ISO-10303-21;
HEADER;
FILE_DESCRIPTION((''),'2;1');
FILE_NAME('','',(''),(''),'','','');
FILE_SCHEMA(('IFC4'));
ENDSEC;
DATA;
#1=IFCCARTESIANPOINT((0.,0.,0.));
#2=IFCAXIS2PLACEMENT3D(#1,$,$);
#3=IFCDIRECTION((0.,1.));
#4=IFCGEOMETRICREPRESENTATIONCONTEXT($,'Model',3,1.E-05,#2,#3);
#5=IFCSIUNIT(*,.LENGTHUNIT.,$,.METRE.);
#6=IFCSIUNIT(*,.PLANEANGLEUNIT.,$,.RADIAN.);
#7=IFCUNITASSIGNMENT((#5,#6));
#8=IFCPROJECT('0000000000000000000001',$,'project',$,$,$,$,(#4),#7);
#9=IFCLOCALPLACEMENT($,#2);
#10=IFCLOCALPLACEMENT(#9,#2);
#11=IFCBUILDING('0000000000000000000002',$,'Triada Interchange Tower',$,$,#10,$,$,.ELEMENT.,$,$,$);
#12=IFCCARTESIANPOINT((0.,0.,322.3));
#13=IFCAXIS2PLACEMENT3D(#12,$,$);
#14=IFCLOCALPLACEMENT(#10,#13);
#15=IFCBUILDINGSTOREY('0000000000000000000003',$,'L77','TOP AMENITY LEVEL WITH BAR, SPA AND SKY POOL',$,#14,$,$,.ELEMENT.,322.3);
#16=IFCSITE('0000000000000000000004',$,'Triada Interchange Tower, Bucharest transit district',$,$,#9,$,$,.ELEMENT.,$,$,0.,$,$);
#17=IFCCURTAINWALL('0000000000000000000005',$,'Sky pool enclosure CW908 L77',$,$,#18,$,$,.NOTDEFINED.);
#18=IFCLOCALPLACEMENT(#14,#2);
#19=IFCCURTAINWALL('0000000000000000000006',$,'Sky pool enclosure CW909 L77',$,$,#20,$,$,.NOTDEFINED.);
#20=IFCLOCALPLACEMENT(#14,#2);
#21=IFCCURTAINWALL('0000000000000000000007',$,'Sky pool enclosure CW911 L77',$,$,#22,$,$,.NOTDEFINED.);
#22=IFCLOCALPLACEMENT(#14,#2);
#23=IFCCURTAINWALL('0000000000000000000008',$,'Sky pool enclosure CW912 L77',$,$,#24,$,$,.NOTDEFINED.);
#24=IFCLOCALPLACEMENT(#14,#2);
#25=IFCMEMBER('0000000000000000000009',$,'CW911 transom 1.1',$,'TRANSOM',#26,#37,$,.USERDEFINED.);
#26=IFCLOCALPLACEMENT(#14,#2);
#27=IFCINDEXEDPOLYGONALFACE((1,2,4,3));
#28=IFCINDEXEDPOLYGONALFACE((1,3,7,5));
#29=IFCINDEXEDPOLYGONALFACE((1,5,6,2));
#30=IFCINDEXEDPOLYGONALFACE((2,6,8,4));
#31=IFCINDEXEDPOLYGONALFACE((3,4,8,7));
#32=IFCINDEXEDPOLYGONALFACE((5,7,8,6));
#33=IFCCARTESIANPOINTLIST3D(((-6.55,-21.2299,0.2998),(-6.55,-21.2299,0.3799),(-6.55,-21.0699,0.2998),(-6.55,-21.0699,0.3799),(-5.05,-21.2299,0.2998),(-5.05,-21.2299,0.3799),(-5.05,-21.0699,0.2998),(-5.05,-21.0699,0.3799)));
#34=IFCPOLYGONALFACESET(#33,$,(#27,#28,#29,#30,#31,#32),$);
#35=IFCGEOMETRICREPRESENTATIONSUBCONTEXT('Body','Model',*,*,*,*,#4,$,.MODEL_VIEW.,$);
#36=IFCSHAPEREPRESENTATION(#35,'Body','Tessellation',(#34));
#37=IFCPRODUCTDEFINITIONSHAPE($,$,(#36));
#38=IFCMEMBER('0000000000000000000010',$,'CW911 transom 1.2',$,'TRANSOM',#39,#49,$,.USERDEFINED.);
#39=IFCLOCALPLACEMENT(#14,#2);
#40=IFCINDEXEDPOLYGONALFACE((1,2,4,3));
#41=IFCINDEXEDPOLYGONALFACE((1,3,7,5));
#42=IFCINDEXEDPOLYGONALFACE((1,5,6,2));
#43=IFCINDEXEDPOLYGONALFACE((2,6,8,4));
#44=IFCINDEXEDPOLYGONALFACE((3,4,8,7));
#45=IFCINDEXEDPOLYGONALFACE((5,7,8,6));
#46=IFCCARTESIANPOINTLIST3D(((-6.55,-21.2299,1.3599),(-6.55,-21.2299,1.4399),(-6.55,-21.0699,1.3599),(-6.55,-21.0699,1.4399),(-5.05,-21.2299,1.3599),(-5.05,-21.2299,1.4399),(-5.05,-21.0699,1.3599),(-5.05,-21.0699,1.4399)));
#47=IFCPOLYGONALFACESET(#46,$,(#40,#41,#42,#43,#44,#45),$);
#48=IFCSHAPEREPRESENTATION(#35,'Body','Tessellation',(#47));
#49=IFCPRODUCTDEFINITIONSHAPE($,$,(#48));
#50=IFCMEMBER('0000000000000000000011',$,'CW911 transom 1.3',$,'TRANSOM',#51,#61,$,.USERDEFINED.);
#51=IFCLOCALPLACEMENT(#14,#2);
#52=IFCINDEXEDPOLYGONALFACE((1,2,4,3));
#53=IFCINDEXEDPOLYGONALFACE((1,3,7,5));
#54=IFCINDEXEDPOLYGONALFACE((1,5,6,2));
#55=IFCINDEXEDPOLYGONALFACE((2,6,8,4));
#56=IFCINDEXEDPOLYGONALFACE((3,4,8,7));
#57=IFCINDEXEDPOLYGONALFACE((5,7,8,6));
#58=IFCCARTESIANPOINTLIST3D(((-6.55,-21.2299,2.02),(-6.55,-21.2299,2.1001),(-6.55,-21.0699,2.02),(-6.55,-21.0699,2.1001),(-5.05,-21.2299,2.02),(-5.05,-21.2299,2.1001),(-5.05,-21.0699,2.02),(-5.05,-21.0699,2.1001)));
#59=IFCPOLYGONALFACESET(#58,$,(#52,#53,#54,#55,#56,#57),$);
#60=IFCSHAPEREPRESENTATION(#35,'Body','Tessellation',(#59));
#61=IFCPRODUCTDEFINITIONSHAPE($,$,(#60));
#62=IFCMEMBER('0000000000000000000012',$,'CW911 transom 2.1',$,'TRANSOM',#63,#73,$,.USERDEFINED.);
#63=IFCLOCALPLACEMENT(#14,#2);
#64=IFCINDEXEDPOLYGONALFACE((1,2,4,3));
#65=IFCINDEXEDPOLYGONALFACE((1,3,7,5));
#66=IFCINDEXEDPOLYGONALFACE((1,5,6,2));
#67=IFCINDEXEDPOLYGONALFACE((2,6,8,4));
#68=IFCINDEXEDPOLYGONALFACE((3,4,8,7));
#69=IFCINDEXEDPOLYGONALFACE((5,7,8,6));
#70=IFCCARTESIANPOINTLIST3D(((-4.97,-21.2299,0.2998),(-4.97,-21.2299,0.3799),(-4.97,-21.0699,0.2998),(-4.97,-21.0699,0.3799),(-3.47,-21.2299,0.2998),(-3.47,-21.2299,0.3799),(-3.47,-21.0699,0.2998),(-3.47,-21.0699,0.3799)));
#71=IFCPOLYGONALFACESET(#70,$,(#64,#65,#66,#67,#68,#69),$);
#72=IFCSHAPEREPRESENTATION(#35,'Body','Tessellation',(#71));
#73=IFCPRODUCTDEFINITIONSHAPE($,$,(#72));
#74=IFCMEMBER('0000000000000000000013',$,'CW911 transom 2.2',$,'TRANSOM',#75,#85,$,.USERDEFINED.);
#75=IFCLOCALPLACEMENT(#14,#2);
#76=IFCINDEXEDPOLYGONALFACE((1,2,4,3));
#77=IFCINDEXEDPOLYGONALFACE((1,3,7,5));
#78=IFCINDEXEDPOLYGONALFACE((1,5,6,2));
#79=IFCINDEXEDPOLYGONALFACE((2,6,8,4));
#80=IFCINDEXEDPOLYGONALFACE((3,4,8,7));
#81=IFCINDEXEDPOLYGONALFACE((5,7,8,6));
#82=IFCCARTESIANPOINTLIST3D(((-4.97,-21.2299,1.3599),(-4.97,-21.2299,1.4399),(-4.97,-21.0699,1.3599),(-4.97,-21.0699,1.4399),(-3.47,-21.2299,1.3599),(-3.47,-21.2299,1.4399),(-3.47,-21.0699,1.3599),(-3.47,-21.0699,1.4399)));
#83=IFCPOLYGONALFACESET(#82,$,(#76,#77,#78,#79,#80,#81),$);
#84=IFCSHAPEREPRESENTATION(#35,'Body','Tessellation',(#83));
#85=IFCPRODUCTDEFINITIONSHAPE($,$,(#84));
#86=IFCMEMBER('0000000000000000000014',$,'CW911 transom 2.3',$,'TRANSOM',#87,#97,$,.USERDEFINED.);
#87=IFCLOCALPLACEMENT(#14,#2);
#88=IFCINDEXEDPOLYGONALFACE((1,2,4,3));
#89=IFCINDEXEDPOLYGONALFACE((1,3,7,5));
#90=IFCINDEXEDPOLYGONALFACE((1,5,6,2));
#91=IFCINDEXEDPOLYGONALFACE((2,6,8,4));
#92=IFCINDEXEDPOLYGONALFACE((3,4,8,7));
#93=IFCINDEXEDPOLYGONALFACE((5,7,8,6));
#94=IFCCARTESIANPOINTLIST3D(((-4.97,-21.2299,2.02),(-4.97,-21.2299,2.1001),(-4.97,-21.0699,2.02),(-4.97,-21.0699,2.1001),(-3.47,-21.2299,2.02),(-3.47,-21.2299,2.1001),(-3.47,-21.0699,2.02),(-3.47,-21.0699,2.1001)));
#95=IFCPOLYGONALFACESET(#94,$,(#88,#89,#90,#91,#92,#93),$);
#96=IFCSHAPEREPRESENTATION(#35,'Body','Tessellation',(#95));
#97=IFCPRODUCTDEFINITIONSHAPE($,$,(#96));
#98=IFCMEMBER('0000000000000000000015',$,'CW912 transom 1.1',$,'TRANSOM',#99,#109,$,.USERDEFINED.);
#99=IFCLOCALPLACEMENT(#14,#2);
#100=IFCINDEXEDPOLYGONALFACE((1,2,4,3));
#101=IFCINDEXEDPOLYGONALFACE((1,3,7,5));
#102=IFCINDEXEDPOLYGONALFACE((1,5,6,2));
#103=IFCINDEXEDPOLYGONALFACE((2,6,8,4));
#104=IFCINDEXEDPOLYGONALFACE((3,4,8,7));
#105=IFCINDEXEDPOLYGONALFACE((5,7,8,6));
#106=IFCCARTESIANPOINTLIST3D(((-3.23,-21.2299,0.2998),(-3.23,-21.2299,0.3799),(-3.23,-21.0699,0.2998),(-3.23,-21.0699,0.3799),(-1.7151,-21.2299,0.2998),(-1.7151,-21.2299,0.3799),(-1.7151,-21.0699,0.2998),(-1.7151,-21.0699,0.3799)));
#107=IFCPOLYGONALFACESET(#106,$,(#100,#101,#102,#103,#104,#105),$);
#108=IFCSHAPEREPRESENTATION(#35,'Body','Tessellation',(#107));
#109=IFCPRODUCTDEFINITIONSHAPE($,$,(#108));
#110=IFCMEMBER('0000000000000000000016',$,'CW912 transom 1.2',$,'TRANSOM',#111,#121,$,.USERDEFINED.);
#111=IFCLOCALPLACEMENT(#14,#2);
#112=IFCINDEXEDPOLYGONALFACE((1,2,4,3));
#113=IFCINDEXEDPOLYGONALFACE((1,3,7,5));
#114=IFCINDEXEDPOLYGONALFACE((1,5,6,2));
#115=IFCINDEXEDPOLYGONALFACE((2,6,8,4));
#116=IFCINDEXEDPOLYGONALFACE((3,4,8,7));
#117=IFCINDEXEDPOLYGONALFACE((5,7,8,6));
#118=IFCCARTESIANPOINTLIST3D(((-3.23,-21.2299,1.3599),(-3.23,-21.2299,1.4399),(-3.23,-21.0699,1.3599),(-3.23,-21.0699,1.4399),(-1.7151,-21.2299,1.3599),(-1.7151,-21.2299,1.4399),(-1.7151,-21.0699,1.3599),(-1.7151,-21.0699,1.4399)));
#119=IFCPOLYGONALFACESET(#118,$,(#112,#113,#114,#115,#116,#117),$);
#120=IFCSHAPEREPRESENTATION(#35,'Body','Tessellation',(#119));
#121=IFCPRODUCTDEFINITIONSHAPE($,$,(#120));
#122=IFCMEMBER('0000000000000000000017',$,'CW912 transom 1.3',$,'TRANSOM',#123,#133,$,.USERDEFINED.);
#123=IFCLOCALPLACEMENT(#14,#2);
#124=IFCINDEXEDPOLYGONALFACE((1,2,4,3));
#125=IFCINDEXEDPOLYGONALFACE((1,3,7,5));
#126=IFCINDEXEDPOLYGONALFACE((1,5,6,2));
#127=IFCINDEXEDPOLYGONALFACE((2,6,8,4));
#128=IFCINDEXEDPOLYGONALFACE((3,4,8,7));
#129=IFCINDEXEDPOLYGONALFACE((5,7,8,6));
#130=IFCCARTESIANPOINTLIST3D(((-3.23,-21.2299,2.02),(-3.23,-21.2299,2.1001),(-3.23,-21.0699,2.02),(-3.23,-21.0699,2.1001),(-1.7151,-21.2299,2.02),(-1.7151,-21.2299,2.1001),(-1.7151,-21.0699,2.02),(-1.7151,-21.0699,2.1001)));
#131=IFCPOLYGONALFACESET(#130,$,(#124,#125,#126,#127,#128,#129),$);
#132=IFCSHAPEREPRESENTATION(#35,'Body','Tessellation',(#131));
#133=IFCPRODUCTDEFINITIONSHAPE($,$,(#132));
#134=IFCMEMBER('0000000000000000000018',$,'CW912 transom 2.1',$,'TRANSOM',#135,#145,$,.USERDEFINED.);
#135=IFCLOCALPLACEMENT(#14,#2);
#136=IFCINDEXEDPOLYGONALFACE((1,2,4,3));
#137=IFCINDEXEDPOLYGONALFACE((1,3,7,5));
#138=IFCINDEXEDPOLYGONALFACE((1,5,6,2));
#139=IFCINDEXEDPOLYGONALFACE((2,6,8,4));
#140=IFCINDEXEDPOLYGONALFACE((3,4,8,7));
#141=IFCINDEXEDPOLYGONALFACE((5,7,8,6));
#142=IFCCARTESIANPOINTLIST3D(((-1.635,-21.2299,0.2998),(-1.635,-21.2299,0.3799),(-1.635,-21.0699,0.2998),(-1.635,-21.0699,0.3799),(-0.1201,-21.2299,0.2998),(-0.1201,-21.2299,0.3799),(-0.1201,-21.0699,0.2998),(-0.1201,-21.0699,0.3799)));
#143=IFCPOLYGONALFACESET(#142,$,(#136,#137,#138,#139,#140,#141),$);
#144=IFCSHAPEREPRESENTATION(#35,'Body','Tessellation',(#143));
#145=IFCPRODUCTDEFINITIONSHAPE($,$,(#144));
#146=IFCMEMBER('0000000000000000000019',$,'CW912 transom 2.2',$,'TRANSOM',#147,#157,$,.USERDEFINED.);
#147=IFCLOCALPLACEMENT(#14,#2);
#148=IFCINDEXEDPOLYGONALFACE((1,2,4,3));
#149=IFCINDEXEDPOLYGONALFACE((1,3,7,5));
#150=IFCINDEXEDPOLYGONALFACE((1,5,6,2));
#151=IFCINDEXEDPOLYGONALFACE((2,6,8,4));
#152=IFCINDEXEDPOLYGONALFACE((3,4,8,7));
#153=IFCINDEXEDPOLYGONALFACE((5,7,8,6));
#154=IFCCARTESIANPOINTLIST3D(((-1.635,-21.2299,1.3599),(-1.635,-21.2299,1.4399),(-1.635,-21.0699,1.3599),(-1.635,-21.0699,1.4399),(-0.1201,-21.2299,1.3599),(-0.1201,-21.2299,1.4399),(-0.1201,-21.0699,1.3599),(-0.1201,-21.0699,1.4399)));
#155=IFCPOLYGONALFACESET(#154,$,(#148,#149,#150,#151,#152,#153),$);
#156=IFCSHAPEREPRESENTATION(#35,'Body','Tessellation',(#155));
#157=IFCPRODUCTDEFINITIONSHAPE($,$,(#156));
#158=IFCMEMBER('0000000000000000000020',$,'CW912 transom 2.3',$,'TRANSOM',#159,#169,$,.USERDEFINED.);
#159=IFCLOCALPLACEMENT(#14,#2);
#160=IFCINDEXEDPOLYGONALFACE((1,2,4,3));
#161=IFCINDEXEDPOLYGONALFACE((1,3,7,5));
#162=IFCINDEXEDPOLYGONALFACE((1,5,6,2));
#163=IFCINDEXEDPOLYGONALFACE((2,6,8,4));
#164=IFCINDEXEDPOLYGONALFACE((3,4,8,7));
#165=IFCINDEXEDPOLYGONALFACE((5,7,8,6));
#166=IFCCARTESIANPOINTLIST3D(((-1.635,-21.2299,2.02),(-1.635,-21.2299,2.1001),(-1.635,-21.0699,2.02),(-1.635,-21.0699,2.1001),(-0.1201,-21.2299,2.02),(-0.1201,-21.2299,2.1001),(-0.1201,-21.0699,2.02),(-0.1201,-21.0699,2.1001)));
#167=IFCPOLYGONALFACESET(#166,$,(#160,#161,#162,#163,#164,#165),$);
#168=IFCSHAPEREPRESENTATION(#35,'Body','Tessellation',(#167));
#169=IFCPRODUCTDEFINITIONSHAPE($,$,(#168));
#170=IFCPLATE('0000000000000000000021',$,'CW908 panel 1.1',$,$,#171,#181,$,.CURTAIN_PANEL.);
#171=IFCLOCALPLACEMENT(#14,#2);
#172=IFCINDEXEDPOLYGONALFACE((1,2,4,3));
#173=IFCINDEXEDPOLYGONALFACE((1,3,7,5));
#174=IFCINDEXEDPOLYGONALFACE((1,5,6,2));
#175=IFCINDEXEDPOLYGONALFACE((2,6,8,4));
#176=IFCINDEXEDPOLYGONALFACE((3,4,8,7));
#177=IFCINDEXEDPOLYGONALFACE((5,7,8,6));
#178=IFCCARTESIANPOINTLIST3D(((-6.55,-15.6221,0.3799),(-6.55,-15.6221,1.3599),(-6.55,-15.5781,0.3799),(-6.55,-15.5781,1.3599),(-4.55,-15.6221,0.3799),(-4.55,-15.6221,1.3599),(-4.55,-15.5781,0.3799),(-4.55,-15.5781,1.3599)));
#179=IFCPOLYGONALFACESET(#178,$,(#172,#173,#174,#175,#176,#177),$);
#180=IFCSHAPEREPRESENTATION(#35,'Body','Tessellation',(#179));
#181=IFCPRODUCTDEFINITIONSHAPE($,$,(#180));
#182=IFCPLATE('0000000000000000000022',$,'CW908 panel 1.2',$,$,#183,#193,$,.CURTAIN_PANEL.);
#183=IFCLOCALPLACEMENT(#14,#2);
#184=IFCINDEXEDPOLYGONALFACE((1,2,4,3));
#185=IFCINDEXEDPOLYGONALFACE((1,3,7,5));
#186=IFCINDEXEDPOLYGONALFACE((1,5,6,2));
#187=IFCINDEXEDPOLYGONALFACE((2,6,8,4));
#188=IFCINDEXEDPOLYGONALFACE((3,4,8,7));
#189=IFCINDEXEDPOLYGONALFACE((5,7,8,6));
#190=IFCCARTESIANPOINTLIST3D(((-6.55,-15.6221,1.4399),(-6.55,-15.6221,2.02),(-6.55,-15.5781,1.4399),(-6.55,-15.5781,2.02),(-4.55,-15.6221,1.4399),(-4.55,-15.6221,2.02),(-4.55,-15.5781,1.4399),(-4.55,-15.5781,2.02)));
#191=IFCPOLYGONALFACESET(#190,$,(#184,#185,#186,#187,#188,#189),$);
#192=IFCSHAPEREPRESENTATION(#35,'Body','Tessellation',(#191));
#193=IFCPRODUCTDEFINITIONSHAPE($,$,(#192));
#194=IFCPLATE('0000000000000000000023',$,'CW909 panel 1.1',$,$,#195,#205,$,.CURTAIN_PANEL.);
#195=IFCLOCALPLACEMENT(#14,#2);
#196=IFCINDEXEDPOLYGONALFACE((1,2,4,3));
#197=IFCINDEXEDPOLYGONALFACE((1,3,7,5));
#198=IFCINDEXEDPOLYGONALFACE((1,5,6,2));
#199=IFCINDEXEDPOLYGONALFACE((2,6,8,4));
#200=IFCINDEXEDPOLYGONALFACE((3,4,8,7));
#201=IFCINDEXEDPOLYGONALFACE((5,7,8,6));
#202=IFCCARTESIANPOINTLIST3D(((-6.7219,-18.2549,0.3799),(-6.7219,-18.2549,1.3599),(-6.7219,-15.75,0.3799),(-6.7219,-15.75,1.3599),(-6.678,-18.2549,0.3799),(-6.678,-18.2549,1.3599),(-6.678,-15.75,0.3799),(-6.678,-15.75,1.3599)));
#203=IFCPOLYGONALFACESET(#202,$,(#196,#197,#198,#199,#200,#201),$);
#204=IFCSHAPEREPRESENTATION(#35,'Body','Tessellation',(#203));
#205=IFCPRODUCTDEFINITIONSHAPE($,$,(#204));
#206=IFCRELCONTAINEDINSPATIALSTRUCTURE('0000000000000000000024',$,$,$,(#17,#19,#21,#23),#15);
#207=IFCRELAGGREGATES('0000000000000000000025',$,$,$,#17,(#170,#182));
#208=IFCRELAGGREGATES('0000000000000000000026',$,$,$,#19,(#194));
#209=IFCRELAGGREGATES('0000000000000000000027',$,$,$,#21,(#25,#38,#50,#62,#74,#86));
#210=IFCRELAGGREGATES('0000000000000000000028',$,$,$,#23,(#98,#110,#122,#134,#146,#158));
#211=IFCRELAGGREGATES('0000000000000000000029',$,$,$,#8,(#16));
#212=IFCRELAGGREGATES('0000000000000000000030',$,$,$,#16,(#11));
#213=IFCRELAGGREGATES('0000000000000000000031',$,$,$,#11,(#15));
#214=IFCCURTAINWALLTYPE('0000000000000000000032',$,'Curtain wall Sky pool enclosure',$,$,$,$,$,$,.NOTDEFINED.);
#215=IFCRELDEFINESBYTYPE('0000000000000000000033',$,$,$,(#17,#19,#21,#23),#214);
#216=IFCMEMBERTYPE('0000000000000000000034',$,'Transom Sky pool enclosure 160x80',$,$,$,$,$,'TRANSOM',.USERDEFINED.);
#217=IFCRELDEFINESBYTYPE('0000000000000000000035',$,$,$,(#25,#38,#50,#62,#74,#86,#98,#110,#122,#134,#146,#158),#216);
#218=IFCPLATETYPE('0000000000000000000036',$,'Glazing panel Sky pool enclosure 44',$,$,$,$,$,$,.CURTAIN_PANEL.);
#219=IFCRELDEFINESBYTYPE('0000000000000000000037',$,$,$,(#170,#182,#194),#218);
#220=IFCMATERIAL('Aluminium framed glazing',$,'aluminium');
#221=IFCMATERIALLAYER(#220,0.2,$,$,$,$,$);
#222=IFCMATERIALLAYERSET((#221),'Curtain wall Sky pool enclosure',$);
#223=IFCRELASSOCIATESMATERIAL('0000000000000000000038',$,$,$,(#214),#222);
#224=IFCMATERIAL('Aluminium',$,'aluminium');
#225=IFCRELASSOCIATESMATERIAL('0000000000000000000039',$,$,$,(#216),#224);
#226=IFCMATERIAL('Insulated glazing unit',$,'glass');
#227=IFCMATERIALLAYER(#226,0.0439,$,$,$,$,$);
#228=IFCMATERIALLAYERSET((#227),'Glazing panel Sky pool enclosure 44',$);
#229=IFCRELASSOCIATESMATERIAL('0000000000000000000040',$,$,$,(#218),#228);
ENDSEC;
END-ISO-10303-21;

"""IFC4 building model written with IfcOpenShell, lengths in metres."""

from ifc_helpers import new_model, si_unit, direction, frame, origin, origin_2d, place, context, subcontext, project, spatial, rectangle, extrude, material, layer, layer_set, material_profile, profile_set, type_object, element, aggregate, save


model = new_model("IFC4")

# Units and contexts
model_context = context("Model", 3, precision=1e-05, world=origin(), true_north=direction((0.0, 1.0)))
body_context = subcontext(model_context, "Body", "Model", "MODEL_VIEW")
ifc_project = project(units=[si_unit("LENGTHUNIT", "METRE"), si_unit("PLANEANGLEUNIT", "RADIAN")], contexts=[model_context])

# Site, building, storey
site_placement = place(None, origin())
site = spatial("IfcSite", under=ifc_project, at=site_placement, Name="Triada Interchange Tower, Bucharest transit district", CompositionType="ELEMENT", RefElevation=0.0)
building_placement = place(site_placement, origin())
building = spatial("IfcBuilding", under=site, at=building_placement, Name="Triada Interchange Tower", CompositionType="ELEMENT")
storey_placement = place(building_placement, frame((0.0, 0.0, 322.3)))
storey = spatial("IfcBuildingStorey", under=building, at=storey_placement, Name="L77", Description="TOP AMENITY LEVEL WITH BAR, SPA AND SKY POOL", CompositionType="ELEMENT", Elevation=322.3)

# Curtain wall
ifc_material_1 = material(Name="Aluminium framed glazing", Category="aluminium")
ifc_layer_1 = layer(ifc_material_1, 0.2)
ifc_layer_set_1 = layer_set([ifc_layer_1], Name="Curtain wall Sky pool enclosure")
curtain_wall_type = type_object("IfcCurtainWallType", Name="Curtain wall Sky pool enclosure", PredefinedType="NOTDEFINED", material=ifc_layer_set_1)
curtain_wall_1_placement = place(storey_placement, origin())
curtain_wall_1 = element("IfcCurtainWall", 1, at=curtain_wall_1_placement, inside=storey, type_object=curtain_wall_type, Name="Sky pool enclosure CW908 L77", PredefinedType="NOTDEFINED")
ifc_material_2 = material(Name="Aluminium", Category="aluminium")

# Curtain wall
curtain_wall_2_placement = place(storey_placement, origin())
curtain_wall_2 = element("IfcCurtainWall", 2, at=curtain_wall_2_placement, inside=storey, type_object=curtain_wall_type, Name="Sky pool enclosure CW909 L77", PredefinedType="NOTDEFINED")

# Curtain walls
curtain_wall_3_placement = place(storey_placement, origin())
curtain_wall_3 = element("IfcCurtainWall", 3, at=curtain_wall_3_placement, inside=storey, type_object=curtain_wall_type, Name="Sky pool enclosure CW911 L77", PredefinedType="NOTDEFINED")
curtain_wall_4_placement = place(storey_placement, origin())
curtain_wall_4 = element("IfcCurtainWall", 4, at=curtain_wall_4_placement, inside=storey, type_object=curtain_wall_type, Name="Sky pool enclosure CW912 L77", PredefinedType="NOTDEFINED")

# Members
ifc_material_profile_1 = material_profile(ifc_material_2, rectangle(XDim=0.1599, YDim=0.0801, at=origin_2d()), Name="Aluminium transom")
ifc_profile_set_1 = profile_set([ifc_material_profile_1], Name="Aluminium")
member_type_1 = type_object("IfcMemberType", Name="Transom Sky pool enclosure 160x80", ElementType="TRANSOM", PredefinedType="USERDEFINED", material=ifc_profile_set_1)
member_1_placement = place(storey_placement, frame((-6.55, -21.1499, 0.3398), z_axis=(1.0, 0.0, 0.0), x_axis=(0.0, 1.0, 0.0)))
member_1 = element("IfcMember", 5, at=member_1_placement, type_object=member_type_1, Name="CW911 transom 1.1", ObjectType="TRANSOM", PredefinedType="USERDEFINED", context=body_context, shape_type="SweptSolid", body=[
    extrude(rectangle(XDim=0.1599, YDim=0.0801, at=origin_2d()), origin(), (0.0, 0.0, 1.0), 1.5),
])
member_2_placement = place(storey_placement, frame((-6.55, -21.1499, 1.3999), z_axis=(1.0, 0.0, 0.0), x_axis=(0.0, 1.0, 0.0)))
member_2 = element("IfcMember", 6, at=member_2_placement, type_object=member_type_1, Name="CW911 transom 1.2", ObjectType="TRANSOM", PredefinedType="USERDEFINED", context=body_context, shape_type="SweptSolid", body=[
    extrude(rectangle(XDim=0.1599, YDim=0.0801, at=origin_2d()), origin(), (0.0, 0.0, 1.0), 1.5),
])
member_3_placement = place(storey_placement, frame((-6.55, -21.1499, 2.0601), z_axis=(1.0, 0.0, 0.0), x_axis=(0.0, 1.0, 0.0)))
member_3 = element("IfcMember", 7, at=member_3_placement, type_object=member_type_1, Name="CW911 transom 1.3", ObjectType="TRANSOM", PredefinedType="USERDEFINED", context=body_context, shape_type="SweptSolid", body=[
    extrude(rectangle(XDim=0.1599, YDim=0.0801, at=origin_2d()), origin(), (0.0, 0.0, 1.0), 1.5),
])
member_4_placement = place(storey_placement, frame((-4.97, -21.1499, 0.3398), z_axis=(1.0, 0.0, 0.0), x_axis=(0.0, 1.0, 0.0)))
member_4 = element("IfcMember", 8, at=member_4_placement, type_object=member_type_1, Name="CW911 transom 2.1", ObjectType="TRANSOM", PredefinedType="USERDEFINED", context=body_context, shape_type="SweptSolid", body=[
    extrude(rectangle(XDim=0.1599, YDim=0.0801, at=origin_2d()), origin(), (0.0, 0.0, 1.0), 1.5),
])
member_5_placement = place(storey_placement, frame((-4.97, -21.1499, 1.3999), z_axis=(1.0, 0.0, 0.0), x_axis=(0.0, 1.0, 0.0)))
member_5 = element("IfcMember", 9, at=member_5_placement, type_object=member_type_1, Name="CW911 transom 2.2", ObjectType="TRANSOM", PredefinedType="USERDEFINED", context=body_context, shape_type="SweptSolid", body=[
    extrude(rectangle(XDim=0.1599, YDim=0.0801, at=origin_2d()), origin(), (0.0, 0.0, 1.0), 1.5),
])
member_6_placement = place(storey_placement, frame((-4.97, -21.1499, 2.0601), z_axis=(1.0, 0.0, 0.0), x_axis=(0.0, 1.0, 0.0)))
member_6 = element("IfcMember", 10, at=member_6_placement, type_object=member_type_1, Name="CW911 transom 2.3", ObjectType="TRANSOM", PredefinedType="USERDEFINED", context=body_context, shape_type="SweptSolid", body=[
    extrude(rectangle(XDim=0.1599, YDim=0.0801, at=origin_2d()), origin(), (0.0, 0.0, 1.0), 1.5),
])
member_7_placement = place(storey_placement, frame((-3.23, -21.1499, 0.3398), z_axis=(1.0, 0.0, 0.0), x_axis=(0.0, 1.0, 0.0)))
member_7 = element("IfcMember", 11, at=member_7_placement, type_object=member_type_1, Name="CW912 transom 1.1", ObjectType="TRANSOM", PredefinedType="USERDEFINED", context=body_context, shape_type="SweptSolid", body=[
    extrude(rectangle(XDim=0.1599, YDim=0.0801, at=origin_2d()), origin(), (0.0, 0.0, 1.0), 1.5149),
])
member_8_placement = place(storey_placement, frame((-3.23, -21.1499, 1.3999), z_axis=(1.0, 0.0, 0.0), x_axis=(0.0, 1.0, 0.0)))
member_8 = element("IfcMember", 12, at=member_8_placement, type_object=member_type_1, Name="CW912 transom 1.2", ObjectType="TRANSOM", PredefinedType="USERDEFINED", context=body_context, shape_type="SweptSolid", body=[
    extrude(rectangle(XDim=0.1599, YDim=0.0801, at=origin_2d()), origin(), (0.0, 0.0, 1.0), 1.5149),
])
member_9_placement = place(storey_placement, frame((-3.23, -21.1499, 2.0601), z_axis=(1.0, 0.0, 0.0), x_axis=(0.0, 1.0, 0.0)))
member_9 = element("IfcMember", 13, at=member_9_placement, type_object=member_type_1, Name="CW912 transom 1.3", ObjectType="TRANSOM", PredefinedType="USERDEFINED", context=body_context, shape_type="SweptSolid", body=[
    extrude(rectangle(XDim=0.1599, YDim=0.0801, at=origin_2d()), origin(), (0.0, 0.0, 1.0), 1.5149),
])
member_10_placement = place(storey_placement, frame((-1.635, -21.1499, 0.3398), z_axis=(1.0, 0.0, 0.0), x_axis=(0.0, 1.0, 0.0)))
member_10 = element("IfcMember", 14, at=member_10_placement, type_object=member_type_1, Name="CW912 transom 2.1", ObjectType="TRANSOM", PredefinedType="USERDEFINED", context=body_context, shape_type="SweptSolid", body=[
    extrude(rectangle(XDim=0.1599, YDim=0.0801, at=origin_2d()), origin(), (0.0, 0.0, 1.0), 1.5149),
])
member_11_placement = place(storey_placement, frame((-1.635, -21.1499, 1.3999), z_axis=(1.0, 0.0, 0.0), x_axis=(0.0, 1.0, 0.0)))
member_11 = element("IfcMember", 15, at=member_11_placement, type_object=member_type_1, Name="CW912 transom 2.2", ObjectType="TRANSOM", PredefinedType="USERDEFINED", context=body_context, shape_type="SweptSolid", body=[
    extrude(rectangle(XDim=0.1599, YDim=0.0801, at=origin_2d()), origin(), (0.0, 0.0, 1.0), 1.5149),
])
member_12_placement = place(storey_placement, frame((-1.635, -21.1499, 2.0601), z_axis=(1.0, 0.0, 0.0), x_axis=(0.0, 1.0, 0.0)))
member_12 = element("IfcMember", 16, at=member_12_placement, type_object=member_type_1, Name="CW912 transom 2.3", ObjectType="TRANSOM", PredefinedType="USERDEFINED", context=body_context, shape_type="SweptSolid", body=[
    extrude(rectangle(XDim=0.1599, YDim=0.0801, at=origin_2d()), origin(), (0.0, 0.0, 1.0), 1.5149),
])

# Plates
ifc_material_3 = material(Name="Insulated glazing unit", Category="glass")
ifc_layer_2 = layer(ifc_material_3, 0.0439)
ifc_layer_set_2 = layer_set([ifc_layer_2], Name="Glazing panel Sky pool enclosure 44")
plate_type = type_object("IfcPlateType", Name="Glazing panel Sky pool enclosure 44", PredefinedType="CURTAIN_PANEL", material=ifc_layer_set_2)
plate_1_placement = place(storey_placement, frame((-5.55, -15.6001, 0.3799), z_axis=(0.0, 0.0, 1.0), x_axis=(-1.0, 0.0, 0.0)))
plate_1 = element("IfcPlate", 17, at=plate_1_placement, type_object=plate_type, Name="CW908 panel 1.1", PredefinedType="CURTAIN_PANEL", context=body_context, shape_type="SweptSolid", body=[
    extrude(rectangle(XDim=2.0, YDim=0.0439, at=origin_2d()), origin(), (0.0, 0.0, 1.0), 0.98),
])
plate_2_placement = place(storey_placement, frame((-5.55, -15.6001, 1.4399), z_axis=(0.0, 0.0, 1.0), x_axis=(-1.0, 0.0, 0.0)))
plate_2 = element("IfcPlate", 18, at=plate_2_placement, type_object=plate_type, Name="CW908 panel 1.2", PredefinedType="CURTAIN_PANEL", context=body_context, shape_type="SweptSolid", body=[
    extrude(rectangle(XDim=2.0, YDim=0.0439, at=origin_2d()), origin(), (0.0, 0.0, 1.0), 0.5801),
])
aggregate(curtain_wall_1, [plate_1, plate_2])
plate_3_placement = place(storey_placement, frame((-6.7, -17.0024, 0.3799), z_axis=(0.0, 0.0, 1.0), x_axis=(0.0, -1.0, 0.0)))
plate_3 = element("IfcPlate", 19, at=plate_3_placement, type_object=plate_type, Name="CW909 panel 1.1", PredefinedType="CURTAIN_PANEL", context=body_context, shape_type="SweptSolid", body=[
    extrude(rectangle(XDim=2.5049, YDim=0.0439, at=origin_2d()), origin(), (0.0, 0.0, 1.0), 0.98),
])
aggregate(curtain_wall_2, [plate_3])
aggregate(curtain_wall_3, [member_1, member_2, member_3, member_4, member_5, member_6])
aggregate(curtain_wall_4, [member_7, member_8, member_9, member_10, member_11, member_12])

save(model, "model.ifc")
